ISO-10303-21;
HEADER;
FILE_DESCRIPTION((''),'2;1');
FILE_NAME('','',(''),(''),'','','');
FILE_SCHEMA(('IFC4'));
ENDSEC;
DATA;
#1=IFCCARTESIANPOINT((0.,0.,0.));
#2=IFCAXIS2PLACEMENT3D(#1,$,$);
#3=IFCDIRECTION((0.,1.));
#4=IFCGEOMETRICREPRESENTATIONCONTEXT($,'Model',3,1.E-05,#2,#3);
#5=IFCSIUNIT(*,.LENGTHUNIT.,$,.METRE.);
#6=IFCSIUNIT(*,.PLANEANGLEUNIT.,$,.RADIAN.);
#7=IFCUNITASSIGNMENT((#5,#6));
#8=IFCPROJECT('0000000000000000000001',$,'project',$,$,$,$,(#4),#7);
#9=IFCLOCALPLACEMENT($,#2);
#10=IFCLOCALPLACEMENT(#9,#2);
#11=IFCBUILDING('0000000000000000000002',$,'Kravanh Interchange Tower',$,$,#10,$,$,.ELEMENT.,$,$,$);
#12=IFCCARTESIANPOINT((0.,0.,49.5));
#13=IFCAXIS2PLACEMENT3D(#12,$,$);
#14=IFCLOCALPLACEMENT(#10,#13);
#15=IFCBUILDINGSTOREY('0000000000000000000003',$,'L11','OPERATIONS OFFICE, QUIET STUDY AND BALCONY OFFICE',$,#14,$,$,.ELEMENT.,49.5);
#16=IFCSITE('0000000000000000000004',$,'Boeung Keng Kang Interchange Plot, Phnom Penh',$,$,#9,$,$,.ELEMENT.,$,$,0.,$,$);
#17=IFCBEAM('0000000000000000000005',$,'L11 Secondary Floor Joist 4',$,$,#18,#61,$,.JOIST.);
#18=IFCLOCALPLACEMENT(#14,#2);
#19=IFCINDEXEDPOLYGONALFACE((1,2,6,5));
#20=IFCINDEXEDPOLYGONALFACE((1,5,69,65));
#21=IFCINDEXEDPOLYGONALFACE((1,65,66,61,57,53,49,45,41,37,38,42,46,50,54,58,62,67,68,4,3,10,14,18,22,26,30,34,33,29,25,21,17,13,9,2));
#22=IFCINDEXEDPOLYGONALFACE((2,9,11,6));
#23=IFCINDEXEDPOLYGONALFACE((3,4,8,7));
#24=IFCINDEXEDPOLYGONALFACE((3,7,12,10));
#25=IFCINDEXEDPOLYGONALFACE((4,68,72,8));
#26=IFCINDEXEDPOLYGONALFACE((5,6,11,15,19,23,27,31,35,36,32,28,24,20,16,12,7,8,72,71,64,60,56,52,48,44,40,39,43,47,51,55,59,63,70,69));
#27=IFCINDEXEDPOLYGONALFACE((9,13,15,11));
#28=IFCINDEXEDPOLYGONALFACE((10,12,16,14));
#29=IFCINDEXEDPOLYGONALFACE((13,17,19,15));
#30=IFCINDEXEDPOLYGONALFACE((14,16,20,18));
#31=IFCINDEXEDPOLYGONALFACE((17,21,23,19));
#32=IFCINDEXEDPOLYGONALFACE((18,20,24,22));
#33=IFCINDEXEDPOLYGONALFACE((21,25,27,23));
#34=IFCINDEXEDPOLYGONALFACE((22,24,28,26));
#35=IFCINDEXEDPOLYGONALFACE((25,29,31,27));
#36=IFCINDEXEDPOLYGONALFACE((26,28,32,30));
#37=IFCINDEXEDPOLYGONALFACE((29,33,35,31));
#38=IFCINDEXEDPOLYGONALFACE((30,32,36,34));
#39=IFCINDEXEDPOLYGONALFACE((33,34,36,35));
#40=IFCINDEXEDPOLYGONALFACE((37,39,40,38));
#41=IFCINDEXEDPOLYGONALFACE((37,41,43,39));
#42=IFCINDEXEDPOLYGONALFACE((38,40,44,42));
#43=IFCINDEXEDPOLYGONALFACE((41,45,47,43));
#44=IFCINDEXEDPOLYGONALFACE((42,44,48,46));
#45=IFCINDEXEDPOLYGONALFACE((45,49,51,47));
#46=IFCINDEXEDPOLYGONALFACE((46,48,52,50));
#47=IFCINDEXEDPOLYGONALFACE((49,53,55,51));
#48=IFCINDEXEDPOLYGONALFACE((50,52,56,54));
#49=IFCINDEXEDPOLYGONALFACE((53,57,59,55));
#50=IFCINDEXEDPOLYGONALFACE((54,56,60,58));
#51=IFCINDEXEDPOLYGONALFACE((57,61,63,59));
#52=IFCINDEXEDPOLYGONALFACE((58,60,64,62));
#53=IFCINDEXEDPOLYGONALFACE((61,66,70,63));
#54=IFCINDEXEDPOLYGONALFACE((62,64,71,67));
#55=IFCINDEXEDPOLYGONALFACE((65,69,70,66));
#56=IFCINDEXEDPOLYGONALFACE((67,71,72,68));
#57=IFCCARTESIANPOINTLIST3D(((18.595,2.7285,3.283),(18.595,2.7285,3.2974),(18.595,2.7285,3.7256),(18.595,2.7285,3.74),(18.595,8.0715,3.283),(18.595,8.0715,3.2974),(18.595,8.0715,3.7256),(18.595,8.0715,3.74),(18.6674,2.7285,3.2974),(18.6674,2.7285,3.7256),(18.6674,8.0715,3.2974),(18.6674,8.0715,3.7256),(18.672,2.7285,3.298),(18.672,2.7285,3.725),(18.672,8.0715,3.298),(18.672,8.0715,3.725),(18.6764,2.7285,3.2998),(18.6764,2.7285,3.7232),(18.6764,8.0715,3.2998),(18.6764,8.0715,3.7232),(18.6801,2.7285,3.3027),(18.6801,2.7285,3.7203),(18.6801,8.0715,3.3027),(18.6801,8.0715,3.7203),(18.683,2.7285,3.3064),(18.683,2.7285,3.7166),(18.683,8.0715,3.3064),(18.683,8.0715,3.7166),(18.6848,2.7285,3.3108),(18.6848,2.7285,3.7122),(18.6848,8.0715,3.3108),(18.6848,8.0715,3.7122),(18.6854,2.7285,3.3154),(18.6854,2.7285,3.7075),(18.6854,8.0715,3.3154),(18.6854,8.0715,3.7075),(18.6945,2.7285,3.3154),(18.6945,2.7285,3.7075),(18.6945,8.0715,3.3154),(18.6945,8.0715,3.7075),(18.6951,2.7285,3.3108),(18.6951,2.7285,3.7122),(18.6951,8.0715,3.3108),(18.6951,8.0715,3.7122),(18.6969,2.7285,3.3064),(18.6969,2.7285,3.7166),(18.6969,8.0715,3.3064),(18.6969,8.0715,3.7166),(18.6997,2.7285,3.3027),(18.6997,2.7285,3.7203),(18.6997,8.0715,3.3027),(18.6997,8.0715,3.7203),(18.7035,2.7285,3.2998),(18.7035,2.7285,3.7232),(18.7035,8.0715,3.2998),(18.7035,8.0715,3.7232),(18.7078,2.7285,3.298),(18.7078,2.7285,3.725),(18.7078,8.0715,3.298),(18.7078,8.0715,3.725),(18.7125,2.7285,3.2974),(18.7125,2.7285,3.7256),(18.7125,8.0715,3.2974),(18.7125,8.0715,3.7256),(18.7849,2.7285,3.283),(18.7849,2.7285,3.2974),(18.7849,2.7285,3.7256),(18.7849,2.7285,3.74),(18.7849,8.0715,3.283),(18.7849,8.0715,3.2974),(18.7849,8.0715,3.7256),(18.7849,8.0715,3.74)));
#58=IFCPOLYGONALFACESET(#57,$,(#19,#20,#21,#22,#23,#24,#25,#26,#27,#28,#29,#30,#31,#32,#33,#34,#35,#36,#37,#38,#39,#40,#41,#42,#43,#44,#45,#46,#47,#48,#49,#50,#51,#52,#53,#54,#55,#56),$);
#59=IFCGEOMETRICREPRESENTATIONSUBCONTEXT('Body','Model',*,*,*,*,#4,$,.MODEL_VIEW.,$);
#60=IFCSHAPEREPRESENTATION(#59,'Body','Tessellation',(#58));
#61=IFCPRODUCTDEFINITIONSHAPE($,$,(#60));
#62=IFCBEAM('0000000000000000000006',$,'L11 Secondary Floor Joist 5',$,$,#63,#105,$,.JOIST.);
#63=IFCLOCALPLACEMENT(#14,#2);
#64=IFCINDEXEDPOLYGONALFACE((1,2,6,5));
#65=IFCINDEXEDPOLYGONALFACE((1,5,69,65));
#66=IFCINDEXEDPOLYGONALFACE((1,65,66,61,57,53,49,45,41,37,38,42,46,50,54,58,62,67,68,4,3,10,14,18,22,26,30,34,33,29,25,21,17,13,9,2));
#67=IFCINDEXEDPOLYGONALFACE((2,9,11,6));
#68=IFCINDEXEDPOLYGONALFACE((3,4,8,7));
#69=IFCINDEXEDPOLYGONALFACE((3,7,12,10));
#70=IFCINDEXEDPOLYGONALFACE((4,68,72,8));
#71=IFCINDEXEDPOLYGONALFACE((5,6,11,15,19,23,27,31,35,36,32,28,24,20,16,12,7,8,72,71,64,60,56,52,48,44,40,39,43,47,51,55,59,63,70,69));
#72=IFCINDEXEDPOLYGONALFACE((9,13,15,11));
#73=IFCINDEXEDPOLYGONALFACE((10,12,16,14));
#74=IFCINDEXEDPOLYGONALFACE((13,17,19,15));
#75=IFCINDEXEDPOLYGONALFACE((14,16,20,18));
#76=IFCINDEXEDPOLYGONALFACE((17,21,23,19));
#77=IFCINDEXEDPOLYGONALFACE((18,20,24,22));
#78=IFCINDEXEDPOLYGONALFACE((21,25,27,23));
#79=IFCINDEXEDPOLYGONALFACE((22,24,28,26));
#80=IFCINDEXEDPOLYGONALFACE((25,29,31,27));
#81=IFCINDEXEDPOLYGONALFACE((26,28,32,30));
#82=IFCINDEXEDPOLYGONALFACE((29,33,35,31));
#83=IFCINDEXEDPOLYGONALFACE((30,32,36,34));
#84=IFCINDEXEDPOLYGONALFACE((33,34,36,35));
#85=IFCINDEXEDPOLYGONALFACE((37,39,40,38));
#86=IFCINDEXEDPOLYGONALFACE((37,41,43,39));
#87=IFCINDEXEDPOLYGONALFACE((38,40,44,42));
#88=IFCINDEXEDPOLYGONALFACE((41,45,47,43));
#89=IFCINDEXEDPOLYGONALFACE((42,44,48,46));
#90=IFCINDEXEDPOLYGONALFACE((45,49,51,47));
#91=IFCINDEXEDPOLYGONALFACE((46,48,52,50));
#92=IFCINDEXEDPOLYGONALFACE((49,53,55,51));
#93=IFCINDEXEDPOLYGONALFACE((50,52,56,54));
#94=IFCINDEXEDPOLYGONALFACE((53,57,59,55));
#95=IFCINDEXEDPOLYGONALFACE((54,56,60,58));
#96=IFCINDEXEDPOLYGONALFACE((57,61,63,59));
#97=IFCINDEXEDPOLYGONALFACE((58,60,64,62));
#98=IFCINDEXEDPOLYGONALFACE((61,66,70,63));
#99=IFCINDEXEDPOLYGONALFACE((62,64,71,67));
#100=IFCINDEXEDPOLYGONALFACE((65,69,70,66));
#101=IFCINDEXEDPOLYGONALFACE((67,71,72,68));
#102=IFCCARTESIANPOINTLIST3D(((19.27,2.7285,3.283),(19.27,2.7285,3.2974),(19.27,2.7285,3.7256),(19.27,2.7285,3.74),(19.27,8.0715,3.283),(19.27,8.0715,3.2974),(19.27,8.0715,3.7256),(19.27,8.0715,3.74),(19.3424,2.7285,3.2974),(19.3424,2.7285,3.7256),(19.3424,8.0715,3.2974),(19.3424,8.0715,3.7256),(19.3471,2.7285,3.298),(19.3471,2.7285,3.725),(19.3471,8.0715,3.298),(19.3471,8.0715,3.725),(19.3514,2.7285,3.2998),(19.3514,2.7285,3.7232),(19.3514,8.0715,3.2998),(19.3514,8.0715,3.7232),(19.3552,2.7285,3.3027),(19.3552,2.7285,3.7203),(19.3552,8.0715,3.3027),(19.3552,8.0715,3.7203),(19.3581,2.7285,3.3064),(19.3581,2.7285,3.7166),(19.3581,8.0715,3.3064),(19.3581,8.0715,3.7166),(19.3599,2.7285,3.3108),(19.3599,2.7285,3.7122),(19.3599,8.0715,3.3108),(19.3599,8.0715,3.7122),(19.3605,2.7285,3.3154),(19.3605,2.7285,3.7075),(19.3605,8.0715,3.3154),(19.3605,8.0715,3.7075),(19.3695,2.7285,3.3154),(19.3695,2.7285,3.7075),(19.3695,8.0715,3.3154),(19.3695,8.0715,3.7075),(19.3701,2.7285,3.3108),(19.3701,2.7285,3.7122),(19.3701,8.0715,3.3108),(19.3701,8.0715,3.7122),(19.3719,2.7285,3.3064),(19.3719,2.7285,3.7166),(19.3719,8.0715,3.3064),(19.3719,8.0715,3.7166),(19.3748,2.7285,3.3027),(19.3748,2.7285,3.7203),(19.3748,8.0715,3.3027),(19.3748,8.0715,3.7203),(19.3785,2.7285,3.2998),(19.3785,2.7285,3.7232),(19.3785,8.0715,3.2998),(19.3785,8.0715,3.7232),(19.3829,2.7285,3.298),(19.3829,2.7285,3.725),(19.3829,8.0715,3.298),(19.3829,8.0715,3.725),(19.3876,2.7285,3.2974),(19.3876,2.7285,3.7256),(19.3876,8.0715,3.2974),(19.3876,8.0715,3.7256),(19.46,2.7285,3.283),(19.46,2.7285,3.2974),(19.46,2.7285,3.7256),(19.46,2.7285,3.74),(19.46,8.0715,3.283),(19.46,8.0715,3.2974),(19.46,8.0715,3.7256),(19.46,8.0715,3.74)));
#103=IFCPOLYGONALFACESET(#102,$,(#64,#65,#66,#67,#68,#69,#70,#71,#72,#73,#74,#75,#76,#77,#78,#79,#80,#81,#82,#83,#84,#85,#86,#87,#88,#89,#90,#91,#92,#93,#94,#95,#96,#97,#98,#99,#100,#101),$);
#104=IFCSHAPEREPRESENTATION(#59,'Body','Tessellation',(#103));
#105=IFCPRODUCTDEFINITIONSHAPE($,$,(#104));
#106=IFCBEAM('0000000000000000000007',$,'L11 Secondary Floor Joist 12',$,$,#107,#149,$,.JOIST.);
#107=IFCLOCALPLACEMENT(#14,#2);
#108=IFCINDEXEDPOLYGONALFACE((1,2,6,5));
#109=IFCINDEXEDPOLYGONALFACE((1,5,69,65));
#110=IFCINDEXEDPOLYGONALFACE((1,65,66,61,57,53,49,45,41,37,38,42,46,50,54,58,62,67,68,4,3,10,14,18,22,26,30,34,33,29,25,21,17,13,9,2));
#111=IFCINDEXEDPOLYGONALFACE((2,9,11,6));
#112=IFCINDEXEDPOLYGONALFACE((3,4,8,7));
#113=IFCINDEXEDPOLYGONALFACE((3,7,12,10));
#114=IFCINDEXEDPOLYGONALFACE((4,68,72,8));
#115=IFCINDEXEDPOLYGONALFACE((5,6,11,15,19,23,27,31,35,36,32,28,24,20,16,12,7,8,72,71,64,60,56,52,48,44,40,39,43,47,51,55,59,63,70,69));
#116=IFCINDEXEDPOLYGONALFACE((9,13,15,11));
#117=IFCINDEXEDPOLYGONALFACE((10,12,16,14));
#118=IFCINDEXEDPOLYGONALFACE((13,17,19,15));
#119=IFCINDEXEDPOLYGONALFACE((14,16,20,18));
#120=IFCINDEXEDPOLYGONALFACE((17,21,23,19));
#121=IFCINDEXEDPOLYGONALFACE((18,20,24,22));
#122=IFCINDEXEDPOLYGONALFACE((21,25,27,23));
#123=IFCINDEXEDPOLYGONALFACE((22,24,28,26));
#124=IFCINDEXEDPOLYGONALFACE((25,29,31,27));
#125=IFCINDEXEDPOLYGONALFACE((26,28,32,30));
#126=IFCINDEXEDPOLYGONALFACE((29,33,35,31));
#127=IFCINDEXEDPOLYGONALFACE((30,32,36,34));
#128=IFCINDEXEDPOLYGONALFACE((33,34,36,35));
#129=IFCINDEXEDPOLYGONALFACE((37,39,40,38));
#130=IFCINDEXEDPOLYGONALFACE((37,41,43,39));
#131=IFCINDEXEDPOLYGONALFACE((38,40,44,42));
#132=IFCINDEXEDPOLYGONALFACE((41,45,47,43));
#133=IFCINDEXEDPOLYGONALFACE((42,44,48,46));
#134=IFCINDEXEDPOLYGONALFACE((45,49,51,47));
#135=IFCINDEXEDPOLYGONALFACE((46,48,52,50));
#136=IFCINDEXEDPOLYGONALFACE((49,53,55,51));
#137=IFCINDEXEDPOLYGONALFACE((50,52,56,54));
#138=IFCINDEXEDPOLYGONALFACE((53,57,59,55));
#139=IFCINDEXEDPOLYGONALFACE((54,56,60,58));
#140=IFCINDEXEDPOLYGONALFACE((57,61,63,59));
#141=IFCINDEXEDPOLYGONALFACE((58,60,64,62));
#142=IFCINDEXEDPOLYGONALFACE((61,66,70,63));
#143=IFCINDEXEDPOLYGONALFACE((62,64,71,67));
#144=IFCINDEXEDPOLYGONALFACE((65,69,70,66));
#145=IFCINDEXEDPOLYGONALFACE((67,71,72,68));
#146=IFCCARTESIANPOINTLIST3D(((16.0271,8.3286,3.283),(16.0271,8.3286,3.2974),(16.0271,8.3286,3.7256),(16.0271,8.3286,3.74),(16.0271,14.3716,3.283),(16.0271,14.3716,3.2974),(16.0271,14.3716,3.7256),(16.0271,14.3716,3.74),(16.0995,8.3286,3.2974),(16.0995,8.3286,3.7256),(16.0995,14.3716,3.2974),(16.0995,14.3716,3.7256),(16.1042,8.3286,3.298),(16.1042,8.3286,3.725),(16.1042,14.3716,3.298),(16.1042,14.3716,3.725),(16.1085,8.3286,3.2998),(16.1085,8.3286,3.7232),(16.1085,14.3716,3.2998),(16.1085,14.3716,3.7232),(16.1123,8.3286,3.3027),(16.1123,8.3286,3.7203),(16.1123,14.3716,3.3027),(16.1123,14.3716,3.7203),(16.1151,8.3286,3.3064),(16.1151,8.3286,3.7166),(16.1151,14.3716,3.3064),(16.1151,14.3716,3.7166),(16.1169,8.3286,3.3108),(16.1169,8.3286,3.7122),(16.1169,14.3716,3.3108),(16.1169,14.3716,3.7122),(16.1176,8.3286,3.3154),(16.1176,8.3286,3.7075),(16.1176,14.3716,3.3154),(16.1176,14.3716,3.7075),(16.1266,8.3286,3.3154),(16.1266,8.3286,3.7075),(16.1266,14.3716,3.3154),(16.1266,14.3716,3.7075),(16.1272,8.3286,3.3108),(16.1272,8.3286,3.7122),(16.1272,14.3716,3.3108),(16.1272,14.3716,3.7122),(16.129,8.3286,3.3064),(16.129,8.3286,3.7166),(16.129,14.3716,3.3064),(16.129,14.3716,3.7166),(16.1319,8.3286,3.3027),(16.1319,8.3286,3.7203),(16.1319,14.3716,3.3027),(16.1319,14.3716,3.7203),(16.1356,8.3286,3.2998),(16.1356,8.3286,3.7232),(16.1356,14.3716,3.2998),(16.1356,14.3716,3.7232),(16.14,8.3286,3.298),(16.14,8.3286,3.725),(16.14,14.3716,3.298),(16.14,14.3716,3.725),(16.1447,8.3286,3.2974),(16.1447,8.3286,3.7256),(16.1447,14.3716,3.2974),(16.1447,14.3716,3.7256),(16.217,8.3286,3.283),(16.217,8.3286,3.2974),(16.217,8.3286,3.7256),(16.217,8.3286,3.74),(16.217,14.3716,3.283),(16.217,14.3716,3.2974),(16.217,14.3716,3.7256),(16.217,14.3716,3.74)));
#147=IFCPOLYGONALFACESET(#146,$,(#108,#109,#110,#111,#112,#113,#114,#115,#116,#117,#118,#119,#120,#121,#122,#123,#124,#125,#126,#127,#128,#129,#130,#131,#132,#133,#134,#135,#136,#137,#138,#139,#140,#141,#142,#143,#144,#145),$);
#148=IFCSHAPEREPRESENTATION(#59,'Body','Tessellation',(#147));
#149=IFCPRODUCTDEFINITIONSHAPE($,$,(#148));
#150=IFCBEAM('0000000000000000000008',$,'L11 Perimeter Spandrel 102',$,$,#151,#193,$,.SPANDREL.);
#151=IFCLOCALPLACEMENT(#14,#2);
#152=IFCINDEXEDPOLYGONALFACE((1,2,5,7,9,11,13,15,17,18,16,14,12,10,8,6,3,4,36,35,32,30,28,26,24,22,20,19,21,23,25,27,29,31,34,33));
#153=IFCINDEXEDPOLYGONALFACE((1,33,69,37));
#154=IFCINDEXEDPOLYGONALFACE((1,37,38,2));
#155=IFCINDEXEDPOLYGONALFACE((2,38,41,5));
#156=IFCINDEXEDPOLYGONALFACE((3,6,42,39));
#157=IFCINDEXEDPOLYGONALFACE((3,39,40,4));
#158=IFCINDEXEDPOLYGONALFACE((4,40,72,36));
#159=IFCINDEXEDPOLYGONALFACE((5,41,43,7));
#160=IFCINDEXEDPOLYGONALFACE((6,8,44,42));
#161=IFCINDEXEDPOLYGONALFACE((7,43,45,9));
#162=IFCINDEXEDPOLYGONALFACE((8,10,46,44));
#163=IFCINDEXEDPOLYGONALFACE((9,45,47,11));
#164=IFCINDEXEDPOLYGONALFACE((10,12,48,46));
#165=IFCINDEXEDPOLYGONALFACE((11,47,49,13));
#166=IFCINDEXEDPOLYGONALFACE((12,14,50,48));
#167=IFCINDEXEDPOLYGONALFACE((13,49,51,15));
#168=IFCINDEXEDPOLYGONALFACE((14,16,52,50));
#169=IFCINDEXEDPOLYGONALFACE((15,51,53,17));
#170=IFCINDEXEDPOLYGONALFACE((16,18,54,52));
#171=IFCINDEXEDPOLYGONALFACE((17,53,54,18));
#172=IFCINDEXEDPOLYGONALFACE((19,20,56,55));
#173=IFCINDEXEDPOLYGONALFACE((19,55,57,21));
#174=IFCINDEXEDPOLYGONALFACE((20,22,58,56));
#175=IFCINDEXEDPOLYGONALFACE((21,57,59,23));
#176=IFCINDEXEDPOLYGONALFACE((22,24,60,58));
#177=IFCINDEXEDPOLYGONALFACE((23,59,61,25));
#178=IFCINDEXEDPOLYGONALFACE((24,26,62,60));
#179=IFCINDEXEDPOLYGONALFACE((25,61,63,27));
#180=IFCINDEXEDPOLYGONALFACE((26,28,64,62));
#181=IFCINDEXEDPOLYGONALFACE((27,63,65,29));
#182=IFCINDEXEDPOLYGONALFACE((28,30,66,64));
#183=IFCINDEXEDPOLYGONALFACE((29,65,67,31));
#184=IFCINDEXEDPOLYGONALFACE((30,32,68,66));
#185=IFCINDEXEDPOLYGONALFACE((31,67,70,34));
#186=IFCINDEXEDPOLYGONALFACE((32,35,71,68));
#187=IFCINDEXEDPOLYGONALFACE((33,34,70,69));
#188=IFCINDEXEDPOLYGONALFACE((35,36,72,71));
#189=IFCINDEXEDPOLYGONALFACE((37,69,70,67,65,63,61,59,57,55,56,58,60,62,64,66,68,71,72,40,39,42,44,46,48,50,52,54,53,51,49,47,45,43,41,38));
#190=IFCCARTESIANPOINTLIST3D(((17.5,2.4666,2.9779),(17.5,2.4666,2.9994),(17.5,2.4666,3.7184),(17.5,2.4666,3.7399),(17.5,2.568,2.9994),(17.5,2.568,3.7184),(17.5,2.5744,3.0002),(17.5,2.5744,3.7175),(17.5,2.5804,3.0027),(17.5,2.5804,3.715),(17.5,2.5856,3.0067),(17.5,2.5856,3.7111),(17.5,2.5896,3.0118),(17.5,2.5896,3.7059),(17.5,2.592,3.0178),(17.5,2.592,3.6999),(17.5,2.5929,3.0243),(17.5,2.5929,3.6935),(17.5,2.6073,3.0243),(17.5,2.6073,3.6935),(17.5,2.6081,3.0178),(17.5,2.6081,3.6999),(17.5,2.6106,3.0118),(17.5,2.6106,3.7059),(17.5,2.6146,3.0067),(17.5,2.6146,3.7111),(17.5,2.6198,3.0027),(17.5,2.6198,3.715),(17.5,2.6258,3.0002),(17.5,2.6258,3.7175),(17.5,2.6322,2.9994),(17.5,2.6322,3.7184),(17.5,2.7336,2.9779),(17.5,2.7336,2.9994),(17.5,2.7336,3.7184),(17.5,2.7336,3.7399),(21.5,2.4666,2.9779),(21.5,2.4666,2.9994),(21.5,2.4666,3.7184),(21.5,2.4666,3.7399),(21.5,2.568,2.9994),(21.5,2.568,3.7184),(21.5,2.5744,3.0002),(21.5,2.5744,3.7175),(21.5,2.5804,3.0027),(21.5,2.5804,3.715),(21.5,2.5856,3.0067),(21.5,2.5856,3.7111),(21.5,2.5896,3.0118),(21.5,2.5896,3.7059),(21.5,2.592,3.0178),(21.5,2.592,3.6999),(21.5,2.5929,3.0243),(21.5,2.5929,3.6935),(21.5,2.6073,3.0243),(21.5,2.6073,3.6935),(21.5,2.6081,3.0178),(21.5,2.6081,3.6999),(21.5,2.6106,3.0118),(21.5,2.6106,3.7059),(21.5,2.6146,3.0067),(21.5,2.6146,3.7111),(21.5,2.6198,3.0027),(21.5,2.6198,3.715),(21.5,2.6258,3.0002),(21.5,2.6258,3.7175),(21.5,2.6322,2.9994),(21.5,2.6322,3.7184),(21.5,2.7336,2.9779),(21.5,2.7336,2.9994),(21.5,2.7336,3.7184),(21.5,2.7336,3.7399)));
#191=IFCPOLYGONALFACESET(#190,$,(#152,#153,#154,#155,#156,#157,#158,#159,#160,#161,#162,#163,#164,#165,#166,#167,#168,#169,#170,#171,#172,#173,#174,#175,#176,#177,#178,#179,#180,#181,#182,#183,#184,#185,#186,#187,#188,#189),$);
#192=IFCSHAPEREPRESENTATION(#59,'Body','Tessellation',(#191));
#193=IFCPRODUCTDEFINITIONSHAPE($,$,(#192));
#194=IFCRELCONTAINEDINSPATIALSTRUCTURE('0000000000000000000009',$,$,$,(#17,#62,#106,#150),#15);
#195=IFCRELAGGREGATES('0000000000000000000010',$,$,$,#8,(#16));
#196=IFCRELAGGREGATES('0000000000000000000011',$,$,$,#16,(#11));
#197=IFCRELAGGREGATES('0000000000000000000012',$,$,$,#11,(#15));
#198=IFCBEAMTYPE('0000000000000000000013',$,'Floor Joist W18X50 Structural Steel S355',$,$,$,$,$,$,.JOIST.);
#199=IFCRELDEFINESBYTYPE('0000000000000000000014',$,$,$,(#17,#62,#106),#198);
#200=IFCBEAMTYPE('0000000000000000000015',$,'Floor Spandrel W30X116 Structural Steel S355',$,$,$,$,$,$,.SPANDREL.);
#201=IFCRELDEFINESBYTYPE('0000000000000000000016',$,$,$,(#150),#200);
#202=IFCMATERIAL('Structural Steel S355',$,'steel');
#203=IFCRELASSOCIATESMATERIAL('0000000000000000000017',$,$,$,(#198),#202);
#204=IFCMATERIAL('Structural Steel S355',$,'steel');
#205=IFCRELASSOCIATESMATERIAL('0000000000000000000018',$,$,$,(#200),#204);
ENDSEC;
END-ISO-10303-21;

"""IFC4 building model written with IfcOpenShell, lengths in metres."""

from ifc_helpers import new_model, si_unit, direction, frame, origin, origin_2d, place, context, subcontext, project, spatial, i_section, extrude, material, material_profile, profile_set, type_object, element, save


model = new_model("IFC4")

# Units and contexts
model_context = context("Model", 3, precision=1e-05, world=origin(), true_north=direction((0.0, 1.0)))
body_context = subcontext(model_context, "Body", "Model", "MODEL_VIEW")
ifc_project = project(units=[si_unit("LENGTHUNIT", "METRE"), si_unit("PLANEANGLEUNIT", "RADIAN")], contexts=[model_context])

# Site, building, storey
site_placement = place(None, origin())
site = spatial("IfcSite", under=ifc_project, at=site_placement, Name="Boeung Keng Kang Interchange Plot, Phnom Penh", CompositionType="ELEMENT", RefElevation=0.0)
building_placement = place(site_placement, origin())
building = spatial("IfcBuilding", under=site, at=building_placement, Name="Kravanh Interchange Tower", CompositionType="ELEMENT")
storey_placement = place(building_placement, frame((0.0, 0.0, 49.5)))
storey = spatial("IfcBuildingStorey", under=building, at=storey_placement, Name="L11", Description="OPERATIONS OFFICE, QUIET STUDY AND BALCONY OFFICE", CompositionType="ELEMENT", Elevation=49.5)

# Beams
ifc_material_1 = material(Name="Structural Steel S355", Category="steel")
ifc_material_profile_1 = material_profile(ifc_material_1, i_section(OverallWidth=0.1899, OverallDepth=0.457, WebThickness=0.009, FlangeThickness=0.0144, FilletRadius=0.0181, at=origin_2d()), Name="W18X50")
ifc_profile_set_1 = profile_set([ifc_material_profile_1], Name="Structural Steel S355")
beam_type_1 = type_object("IfcBeamType", Name="Floor Joist W18X50 Structural Steel S355", PredefinedType="JOIST", material=ifc_profile_set_1)
for number, where, z_axis, x_axis, name in (
    (1, (18.6899, 2.7285, 3.5115), (0.0, 1.0, 0.0), (-1.0, 0.0, 0.0), "L11 Secondary Floor Joist 4"),
    (2, (19.365, 2.7285, 3.5115), (0.0, 1.0, 0.0), (-1.0, 0.0, 0.0), "L11 Secondary Floor Joist 5"),
):
    element("IfcBeam", number, at=place(storey_placement, frame(where, z_axis=z_axis, x_axis=x_axis)), inside=storey, type_object=beam_type_1, Name=name, PredefinedType="JOIST", context=body_context, shape_type="SweptSolid", body=[
        extrude(i_section(OverallWidth=0.1899, OverallDepth=0.457, WebThickness=0.009, FlangeThickness=0.0144, FilletRadius=0.0181, at=origin_2d()), origin(), (0.0, 0.0, 1.0), 5.343),
    ])
beam_1_placement = place(storey_placement, frame((16.1221, 8.3286, 3.5115), z_axis=(0.0, 1.0, 0.0), x_axis=(-1.0, 0.0, 0.0)))
element("IfcBeam", 3, at=beam_1_placement, inside=storey, type_object=beam_type_1, Name="L11 Secondary Floor Joist 12", PredefinedType="JOIST", context=body_context, shape_type="SweptSolid", body=[
    extrude(i_section(OverallWidth=0.1899, OverallDepth=0.457, WebThickness=0.009, FlangeThickness=0.0144, FilletRadius=0.0181, at=origin_2d()), origin(), (0.0, 0.0, 1.0), 6.043),
])
ifc_material_2 = material(Name="Structural Steel S355", Category="steel")
ifc_material_profile_2 = material_profile(ifc_material_2, i_section(OverallWidth=0.2671, OverallDepth=0.762, WebThickness=0.0144, FlangeThickness=0.0215, FilletRadius=0.0249, at=origin_2d()), Name="W30X116")
ifc_profile_set_2 = profile_set([ifc_material_profile_2], Name="Structural Steel S355")
beam_type_2 = type_object("IfcBeamType", Name="Floor Spandrel W30X116 Structural Steel S355", PredefinedType="SPANDREL", material=ifc_profile_set_2)
beam_2_placement = place(storey_placement, frame((17.5, 2.6001, 3.3589), z_axis=(1.0, 0.0, 0.0), x_axis=(0.0, 1.0, 0.0)))
element("IfcBeam", 4, at=beam_2_placement, inside=storey, type_object=beam_type_2, Name="L11 Perimeter Spandrel 102", PredefinedType="SPANDREL", context=body_context, shape_type="SweptSolid", body=[
    extrude(i_section(OverallWidth=0.2671, OverallDepth=0.762, WebThickness=0.0144, FlangeThickness=0.0215, FilletRadius=0.0249, at=origin_2d()), origin(), (0.0, 0.0, 1.0), 4.0),
])

save(model, "model.ifc")
